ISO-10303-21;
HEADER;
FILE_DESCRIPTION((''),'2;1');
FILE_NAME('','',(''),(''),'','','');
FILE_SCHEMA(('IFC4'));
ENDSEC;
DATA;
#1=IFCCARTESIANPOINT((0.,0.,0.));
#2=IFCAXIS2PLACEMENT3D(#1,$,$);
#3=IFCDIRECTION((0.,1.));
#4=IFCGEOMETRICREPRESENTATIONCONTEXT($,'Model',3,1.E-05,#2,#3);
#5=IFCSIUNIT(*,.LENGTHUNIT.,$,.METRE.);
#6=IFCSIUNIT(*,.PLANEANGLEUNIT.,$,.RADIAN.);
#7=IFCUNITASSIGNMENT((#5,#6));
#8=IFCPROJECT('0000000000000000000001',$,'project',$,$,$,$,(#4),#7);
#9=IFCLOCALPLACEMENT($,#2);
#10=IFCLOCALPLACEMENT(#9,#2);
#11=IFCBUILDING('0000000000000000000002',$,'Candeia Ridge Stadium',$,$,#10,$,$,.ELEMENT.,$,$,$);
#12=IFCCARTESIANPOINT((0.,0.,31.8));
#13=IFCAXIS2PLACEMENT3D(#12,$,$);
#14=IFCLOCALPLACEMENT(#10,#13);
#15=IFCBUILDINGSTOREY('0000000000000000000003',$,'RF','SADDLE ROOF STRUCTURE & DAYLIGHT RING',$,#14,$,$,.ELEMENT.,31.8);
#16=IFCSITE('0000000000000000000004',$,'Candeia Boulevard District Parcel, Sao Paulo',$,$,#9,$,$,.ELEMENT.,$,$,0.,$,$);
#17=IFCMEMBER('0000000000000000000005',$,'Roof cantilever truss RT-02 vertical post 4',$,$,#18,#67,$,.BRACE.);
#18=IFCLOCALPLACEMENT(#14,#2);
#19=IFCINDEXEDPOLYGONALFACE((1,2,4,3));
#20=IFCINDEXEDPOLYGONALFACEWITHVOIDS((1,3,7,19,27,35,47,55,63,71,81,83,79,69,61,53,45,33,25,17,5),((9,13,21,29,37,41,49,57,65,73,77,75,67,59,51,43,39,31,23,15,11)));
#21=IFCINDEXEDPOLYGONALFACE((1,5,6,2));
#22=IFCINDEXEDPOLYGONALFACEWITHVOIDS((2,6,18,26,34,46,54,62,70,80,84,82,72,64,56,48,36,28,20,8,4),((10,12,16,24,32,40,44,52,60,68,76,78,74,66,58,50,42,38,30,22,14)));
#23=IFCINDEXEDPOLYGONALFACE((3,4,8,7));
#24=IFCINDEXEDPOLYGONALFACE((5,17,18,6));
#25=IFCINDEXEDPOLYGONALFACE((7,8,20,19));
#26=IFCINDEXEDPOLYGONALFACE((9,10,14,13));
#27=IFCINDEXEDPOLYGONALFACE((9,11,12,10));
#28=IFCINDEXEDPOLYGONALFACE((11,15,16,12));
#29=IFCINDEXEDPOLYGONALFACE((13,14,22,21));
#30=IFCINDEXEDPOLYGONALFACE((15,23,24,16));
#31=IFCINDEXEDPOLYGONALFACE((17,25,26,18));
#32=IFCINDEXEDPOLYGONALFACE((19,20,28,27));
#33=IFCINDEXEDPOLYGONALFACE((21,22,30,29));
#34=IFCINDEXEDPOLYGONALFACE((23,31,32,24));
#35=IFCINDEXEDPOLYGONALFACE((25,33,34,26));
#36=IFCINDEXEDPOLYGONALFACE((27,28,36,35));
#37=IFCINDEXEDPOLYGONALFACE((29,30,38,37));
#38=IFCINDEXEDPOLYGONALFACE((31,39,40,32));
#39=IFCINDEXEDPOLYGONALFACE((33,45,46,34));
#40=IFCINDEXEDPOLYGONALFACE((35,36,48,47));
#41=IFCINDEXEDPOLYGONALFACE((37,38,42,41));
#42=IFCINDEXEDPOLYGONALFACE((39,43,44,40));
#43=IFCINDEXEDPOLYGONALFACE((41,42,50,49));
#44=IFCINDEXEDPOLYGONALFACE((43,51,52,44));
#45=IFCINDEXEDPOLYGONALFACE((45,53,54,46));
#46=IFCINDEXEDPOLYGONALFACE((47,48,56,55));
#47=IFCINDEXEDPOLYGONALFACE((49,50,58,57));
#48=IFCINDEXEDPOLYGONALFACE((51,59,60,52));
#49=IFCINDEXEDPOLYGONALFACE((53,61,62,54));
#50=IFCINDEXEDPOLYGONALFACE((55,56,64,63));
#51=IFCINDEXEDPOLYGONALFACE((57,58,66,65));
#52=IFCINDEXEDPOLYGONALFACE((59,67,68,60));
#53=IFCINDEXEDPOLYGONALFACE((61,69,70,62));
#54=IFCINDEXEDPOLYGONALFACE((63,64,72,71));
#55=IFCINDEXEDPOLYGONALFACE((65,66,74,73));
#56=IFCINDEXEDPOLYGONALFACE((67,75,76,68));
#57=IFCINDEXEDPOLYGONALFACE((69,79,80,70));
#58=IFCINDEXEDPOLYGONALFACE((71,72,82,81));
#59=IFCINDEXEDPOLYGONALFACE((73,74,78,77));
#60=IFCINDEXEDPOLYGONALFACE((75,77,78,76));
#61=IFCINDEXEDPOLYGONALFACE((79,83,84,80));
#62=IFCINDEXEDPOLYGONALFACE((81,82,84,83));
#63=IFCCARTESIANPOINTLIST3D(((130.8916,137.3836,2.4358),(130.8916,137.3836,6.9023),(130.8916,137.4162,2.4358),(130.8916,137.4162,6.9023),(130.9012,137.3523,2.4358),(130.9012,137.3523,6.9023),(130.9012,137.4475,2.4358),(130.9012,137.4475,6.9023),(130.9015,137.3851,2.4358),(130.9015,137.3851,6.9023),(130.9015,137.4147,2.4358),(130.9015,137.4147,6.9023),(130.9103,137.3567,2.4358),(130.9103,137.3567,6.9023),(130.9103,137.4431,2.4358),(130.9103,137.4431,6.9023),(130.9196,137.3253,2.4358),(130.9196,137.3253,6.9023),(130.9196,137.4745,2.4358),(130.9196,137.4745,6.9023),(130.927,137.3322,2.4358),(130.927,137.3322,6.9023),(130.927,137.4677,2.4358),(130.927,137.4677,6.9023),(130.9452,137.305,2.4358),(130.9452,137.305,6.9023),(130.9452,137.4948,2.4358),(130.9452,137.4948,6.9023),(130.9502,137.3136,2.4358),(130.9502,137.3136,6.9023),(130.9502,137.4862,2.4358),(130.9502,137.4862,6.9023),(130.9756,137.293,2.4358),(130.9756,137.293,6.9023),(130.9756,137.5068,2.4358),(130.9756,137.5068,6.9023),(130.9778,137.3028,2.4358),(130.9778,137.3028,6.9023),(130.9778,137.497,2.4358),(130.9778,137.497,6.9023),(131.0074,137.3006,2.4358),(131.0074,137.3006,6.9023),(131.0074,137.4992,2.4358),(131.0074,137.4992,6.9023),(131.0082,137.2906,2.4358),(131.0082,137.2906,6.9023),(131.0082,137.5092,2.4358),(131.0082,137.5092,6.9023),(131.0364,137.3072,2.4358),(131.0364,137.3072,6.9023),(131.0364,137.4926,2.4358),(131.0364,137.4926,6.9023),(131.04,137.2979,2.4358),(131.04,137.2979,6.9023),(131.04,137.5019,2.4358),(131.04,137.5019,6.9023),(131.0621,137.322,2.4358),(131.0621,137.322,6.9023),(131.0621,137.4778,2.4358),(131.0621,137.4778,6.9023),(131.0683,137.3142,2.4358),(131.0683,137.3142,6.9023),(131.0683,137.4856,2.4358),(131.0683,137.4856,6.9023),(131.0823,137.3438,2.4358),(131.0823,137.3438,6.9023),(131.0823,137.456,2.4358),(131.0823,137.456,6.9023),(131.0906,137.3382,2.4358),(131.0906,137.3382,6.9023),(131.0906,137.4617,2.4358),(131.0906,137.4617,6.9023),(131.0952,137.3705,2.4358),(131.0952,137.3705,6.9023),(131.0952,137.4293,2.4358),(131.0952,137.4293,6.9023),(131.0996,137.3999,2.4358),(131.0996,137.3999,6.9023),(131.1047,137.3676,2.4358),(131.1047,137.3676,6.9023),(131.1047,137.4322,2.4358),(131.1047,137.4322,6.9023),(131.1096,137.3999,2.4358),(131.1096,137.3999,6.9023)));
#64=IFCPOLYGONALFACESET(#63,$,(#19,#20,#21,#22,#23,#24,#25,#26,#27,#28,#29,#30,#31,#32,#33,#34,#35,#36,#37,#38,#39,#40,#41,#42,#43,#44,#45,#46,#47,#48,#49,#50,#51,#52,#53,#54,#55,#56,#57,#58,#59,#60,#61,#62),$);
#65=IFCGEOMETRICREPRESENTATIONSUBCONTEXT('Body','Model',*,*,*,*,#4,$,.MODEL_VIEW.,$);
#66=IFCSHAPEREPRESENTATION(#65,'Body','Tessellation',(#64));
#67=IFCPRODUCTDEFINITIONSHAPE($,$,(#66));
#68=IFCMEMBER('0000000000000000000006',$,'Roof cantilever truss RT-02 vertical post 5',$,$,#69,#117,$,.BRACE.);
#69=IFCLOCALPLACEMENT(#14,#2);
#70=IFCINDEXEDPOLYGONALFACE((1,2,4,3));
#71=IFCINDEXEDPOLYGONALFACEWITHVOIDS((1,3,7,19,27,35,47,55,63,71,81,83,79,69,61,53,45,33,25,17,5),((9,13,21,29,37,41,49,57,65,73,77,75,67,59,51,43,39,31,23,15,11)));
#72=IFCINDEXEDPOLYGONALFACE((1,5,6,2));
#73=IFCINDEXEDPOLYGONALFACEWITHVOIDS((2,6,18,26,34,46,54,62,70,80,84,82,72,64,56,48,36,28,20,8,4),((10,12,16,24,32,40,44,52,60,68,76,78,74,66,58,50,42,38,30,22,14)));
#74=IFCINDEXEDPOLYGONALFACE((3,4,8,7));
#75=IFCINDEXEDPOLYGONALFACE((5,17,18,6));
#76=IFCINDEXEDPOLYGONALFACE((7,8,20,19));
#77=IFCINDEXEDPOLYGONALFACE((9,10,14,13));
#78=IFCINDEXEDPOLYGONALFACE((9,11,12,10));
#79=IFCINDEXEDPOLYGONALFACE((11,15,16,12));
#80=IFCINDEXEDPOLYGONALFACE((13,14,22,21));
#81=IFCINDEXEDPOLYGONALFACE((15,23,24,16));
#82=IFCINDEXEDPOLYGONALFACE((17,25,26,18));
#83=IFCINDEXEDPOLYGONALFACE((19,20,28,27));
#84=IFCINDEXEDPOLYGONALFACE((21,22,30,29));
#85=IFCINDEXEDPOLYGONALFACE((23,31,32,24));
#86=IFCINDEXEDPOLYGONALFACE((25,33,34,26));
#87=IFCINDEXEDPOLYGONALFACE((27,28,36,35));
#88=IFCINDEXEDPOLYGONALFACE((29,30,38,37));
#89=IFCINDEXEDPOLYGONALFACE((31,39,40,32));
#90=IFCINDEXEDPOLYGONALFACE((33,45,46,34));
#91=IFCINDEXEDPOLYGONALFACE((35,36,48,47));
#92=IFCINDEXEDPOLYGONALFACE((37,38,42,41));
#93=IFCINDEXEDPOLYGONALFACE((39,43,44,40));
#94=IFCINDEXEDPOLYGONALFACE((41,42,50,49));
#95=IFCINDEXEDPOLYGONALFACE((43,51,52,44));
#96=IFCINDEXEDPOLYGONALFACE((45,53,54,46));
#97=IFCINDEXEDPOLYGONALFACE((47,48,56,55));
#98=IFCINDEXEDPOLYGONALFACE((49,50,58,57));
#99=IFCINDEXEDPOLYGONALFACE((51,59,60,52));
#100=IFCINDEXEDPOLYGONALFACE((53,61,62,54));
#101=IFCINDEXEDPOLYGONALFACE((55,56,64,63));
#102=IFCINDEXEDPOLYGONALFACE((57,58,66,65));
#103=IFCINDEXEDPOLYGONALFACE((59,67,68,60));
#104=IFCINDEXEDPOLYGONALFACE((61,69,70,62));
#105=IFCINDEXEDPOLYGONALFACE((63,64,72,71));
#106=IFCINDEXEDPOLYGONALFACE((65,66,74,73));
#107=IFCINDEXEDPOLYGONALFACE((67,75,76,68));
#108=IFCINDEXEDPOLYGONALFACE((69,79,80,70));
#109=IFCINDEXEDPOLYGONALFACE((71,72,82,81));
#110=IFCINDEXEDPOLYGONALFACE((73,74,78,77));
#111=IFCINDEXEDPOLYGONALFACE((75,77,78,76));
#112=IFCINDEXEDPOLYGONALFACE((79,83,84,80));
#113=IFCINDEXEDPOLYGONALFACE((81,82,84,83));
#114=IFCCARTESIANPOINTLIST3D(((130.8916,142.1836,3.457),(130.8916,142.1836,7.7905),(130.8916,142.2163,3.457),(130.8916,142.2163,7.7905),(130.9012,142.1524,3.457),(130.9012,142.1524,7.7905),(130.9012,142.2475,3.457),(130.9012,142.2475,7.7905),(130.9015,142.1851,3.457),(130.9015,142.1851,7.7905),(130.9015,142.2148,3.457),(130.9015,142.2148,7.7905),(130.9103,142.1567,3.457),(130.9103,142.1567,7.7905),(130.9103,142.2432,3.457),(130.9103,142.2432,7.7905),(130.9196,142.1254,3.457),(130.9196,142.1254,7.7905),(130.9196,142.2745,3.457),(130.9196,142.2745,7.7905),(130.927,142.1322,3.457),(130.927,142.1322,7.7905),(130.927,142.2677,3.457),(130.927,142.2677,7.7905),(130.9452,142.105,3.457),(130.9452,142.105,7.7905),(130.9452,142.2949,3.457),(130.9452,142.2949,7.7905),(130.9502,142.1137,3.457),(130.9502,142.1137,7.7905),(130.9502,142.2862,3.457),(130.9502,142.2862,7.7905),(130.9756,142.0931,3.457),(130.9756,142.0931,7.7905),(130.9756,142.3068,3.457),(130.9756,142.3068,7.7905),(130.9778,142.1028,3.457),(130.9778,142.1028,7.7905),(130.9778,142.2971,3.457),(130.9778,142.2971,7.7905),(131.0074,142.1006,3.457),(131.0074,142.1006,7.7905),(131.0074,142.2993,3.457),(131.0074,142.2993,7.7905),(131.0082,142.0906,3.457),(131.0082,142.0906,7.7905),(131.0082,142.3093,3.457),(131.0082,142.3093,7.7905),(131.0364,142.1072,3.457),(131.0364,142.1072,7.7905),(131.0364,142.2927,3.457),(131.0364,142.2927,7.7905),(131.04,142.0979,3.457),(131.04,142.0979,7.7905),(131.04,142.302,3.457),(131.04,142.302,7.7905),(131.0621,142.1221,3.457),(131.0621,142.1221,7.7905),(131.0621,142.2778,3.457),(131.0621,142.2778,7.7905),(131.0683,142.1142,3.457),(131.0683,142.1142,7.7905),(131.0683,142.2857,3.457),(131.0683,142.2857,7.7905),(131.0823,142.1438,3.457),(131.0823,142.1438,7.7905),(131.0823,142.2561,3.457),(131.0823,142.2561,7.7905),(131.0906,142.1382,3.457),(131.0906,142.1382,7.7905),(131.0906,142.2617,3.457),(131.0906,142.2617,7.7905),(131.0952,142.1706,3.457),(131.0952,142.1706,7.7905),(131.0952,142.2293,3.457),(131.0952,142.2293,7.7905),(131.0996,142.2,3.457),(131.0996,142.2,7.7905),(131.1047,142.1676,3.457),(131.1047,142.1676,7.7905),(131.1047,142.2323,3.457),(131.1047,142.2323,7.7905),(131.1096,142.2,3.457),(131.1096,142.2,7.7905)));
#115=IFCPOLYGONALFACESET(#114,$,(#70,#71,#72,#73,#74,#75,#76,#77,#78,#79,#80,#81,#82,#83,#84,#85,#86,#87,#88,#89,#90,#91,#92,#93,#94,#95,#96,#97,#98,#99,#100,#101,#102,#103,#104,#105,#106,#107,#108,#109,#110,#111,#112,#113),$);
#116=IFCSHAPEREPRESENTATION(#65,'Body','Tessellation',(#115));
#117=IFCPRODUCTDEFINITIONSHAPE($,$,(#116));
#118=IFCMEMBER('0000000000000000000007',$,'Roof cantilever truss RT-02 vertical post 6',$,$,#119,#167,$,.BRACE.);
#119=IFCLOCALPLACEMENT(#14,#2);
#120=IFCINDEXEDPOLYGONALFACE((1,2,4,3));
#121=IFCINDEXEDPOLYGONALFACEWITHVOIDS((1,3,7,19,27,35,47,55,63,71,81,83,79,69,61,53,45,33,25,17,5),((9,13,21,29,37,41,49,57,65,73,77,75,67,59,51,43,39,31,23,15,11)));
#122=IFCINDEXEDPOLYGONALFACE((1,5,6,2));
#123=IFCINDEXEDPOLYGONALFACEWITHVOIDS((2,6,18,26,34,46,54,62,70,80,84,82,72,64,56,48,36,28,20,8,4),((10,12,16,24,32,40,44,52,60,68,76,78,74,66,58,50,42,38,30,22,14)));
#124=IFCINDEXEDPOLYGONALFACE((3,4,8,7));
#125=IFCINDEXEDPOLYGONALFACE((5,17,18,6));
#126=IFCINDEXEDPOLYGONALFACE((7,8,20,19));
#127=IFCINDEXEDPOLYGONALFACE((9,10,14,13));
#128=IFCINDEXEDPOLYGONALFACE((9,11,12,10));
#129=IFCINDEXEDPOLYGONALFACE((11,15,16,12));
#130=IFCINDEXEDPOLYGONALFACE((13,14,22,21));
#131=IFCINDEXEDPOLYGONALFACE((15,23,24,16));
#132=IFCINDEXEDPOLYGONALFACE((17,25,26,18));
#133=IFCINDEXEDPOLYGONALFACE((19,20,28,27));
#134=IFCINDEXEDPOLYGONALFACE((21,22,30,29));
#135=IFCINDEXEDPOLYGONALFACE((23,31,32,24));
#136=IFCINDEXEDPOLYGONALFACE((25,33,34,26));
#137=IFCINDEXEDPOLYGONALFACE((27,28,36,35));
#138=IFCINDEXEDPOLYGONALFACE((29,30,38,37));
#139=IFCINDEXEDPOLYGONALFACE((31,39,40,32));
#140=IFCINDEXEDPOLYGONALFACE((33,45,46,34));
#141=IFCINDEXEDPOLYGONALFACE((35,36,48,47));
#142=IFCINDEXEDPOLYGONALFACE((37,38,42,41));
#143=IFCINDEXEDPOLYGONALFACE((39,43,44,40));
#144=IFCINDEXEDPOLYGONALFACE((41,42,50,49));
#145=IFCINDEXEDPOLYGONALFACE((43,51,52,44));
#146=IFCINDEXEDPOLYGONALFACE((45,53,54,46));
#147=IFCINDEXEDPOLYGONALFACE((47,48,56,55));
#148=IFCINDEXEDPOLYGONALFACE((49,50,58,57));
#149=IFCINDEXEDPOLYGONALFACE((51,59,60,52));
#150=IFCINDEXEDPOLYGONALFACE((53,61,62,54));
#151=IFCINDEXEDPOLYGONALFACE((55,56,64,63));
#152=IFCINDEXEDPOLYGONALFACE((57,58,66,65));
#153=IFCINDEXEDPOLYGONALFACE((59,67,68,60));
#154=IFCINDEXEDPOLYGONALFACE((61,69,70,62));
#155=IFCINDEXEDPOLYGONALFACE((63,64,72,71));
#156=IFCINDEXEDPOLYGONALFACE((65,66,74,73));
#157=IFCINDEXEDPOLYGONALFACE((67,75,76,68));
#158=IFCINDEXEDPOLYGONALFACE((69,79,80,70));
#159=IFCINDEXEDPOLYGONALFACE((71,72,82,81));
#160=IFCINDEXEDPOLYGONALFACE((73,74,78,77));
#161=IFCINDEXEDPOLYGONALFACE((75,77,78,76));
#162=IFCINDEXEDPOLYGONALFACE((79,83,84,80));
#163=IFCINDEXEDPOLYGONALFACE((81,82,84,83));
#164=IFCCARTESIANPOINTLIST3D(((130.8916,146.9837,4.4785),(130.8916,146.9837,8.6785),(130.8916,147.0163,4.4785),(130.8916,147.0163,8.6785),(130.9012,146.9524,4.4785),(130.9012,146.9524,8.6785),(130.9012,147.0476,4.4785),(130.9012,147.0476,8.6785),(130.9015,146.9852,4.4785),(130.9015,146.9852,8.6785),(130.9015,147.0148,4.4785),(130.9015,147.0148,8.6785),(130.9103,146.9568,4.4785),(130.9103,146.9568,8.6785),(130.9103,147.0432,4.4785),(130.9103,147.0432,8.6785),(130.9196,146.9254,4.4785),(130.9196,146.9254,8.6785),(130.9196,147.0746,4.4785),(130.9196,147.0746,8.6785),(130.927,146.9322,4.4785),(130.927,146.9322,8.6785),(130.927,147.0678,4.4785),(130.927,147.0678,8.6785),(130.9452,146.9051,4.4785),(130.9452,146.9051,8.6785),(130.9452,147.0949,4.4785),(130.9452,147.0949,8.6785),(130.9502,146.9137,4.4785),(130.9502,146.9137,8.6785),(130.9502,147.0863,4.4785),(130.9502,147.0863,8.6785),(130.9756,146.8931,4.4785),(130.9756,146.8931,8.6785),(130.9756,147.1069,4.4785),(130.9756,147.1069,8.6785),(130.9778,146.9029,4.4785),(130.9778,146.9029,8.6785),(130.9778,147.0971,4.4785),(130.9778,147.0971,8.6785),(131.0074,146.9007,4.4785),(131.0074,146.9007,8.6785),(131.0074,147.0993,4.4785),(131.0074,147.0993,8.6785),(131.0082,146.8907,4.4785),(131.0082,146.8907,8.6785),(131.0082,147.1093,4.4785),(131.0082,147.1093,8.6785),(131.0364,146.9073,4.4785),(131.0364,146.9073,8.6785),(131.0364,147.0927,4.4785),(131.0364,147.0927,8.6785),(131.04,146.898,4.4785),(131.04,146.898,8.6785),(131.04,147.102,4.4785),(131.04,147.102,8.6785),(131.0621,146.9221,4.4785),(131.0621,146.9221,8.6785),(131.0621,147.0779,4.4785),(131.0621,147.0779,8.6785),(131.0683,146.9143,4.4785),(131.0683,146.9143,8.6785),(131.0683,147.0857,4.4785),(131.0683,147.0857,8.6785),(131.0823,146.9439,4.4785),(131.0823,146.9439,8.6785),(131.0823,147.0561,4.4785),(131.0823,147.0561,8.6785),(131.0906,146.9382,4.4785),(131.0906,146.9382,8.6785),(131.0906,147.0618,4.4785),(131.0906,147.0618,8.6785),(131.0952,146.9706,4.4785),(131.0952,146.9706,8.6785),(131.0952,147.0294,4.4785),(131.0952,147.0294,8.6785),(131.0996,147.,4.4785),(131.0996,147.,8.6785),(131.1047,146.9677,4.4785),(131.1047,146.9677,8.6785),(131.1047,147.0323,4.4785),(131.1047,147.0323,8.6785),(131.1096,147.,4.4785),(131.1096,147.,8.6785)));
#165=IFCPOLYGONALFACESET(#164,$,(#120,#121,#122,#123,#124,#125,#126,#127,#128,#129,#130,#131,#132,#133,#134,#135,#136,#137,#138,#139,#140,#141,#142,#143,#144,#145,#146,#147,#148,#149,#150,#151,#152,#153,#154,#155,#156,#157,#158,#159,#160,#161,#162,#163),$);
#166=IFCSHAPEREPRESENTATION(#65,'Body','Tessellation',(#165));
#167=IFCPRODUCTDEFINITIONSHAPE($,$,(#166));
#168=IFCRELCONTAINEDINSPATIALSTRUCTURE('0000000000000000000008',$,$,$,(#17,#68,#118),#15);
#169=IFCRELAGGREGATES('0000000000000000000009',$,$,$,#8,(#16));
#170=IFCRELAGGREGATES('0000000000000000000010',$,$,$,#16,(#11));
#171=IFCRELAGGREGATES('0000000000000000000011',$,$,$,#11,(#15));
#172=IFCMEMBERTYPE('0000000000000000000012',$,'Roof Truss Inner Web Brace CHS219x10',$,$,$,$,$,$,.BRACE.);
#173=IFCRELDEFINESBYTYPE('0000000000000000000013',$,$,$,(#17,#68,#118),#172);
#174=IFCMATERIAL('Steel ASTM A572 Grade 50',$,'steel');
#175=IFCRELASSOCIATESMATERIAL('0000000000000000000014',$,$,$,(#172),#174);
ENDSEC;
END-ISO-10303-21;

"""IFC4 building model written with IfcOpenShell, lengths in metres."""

from ifc_helpers import new_model, si_unit, direction, frame, origin, origin_2d, place, context, subcontext, project, spatial, hollow_circle, extrude, material, material_profile, profile_set, type_object, element, save


model = new_model("IFC4")

# Units and contexts
model_context = context("Model", 3, precision=1e-05, world=origin(), true_north=direction((0.0, 1.0)))
body_context = subcontext(model_context, "Body", "Model", "MODEL_VIEW")
ifc_project = project(units=[si_unit("LENGTHUNIT", "METRE"), si_unit("PLANEANGLEUNIT", "RADIAN")], contexts=[model_context])

# Site, building, storey
site_placement = place(None, origin())
site = spatial("IfcSite", under=ifc_project, at=site_placement, Name="Candeia Boulevard District Parcel, Sao Paulo", CompositionType="ELEMENT", RefElevation=0.0)
building_placement = place(site_placement, origin())
building = spatial("IfcBuilding", under=site, at=building_placement, Name="Candeia Ridge Stadium", CompositionType="ELEMENT")
storey_placement = place(building_placement, frame((0.0, 0.0, 31.8)))
storey = spatial("IfcBuildingStorey", under=building, at=storey_placement, Name="RF", Description="SADDLE ROOF STRUCTURE & DAYLIGHT RING", CompositionType="ELEMENT", Elevation=31.8)

# Shared definitions
ifc_material_1 = material(Name="Steel ASTM A572 Grade 50", Category="steel")

# Members
ifc_material_profile_1 = material_profile(ifc_material_1, hollow_circle(Radius=0.1096, WallThickness=0.01, at=origin_2d()), Name="CHS219x10", Category="steel")
ifc_profile_set_1 = profile_set([ifc_material_profile_1], Name="Steel ASTM A572 Grade 50")
member_type_1 = type_object("IfcMemberType", Name="Roof Truss Inner Web Brace CHS219x10", PredefinedType="BRACE", material=ifc_profile_set_1)
member_1_placement = place(storey_placement, frame((131.0, 137.3999, 2.4358), z_axis=(0.0, 0.0, 1.0), x_axis=(1.0, 0.0, 0.0)))
element("IfcMember", 1, at=member_1_placement, inside=storey, type_object=member_type_1, Name="Roof cantilever truss RT-02 vertical post 4", PredefinedType="BRACE", context=body_context, shape_type="SweptSolid", body=[
    extrude(hollow_circle(Radius=0.1096, WallThickness=0.01, at=origin_2d()), origin(), (0.0, 0.0, 1.0), 4.4666),
])
member_2_placement = place(storey_placement, frame((131.0, 142.2, 3.457), z_axis=(0.0, 0.0, 1.0), x_axis=(1.0, 0.0, 0.0)))
element("IfcMember", 2, at=member_2_placement, inside=storey, type_object=member_type_1, Name="Roof cantilever truss RT-02 vertical post 5", PredefinedType="BRACE", context=body_context, shape_type="SweptSolid", body=[
    extrude(hollow_circle(Radius=0.1096, WallThickness=0.01, at=origin_2d()), origin(), (0.0, 0.0, 1.0), 4.3335),
])
member_3_placement = place(storey_placement, frame((131.0, 147.0, 4.4785), z_axis=(0.0, 0.0, 1.0), x_axis=(1.0, 0.0, 0.0)))
element("IfcMember", 3, at=member_3_placement, inside=storey, type_object=member_type_1, Name="Roof cantilever truss RT-02 vertical post 6", PredefinedType="BRACE", context=body_context, shape_type="SweptSolid", body=[
    extrude(hollow_circle(Radius=0.1096, WallThickness=0.01, at=origin_2d()), origin(), (0.0, 0.0, 1.0), 4.2),
])

save(model, "model.ifc")
